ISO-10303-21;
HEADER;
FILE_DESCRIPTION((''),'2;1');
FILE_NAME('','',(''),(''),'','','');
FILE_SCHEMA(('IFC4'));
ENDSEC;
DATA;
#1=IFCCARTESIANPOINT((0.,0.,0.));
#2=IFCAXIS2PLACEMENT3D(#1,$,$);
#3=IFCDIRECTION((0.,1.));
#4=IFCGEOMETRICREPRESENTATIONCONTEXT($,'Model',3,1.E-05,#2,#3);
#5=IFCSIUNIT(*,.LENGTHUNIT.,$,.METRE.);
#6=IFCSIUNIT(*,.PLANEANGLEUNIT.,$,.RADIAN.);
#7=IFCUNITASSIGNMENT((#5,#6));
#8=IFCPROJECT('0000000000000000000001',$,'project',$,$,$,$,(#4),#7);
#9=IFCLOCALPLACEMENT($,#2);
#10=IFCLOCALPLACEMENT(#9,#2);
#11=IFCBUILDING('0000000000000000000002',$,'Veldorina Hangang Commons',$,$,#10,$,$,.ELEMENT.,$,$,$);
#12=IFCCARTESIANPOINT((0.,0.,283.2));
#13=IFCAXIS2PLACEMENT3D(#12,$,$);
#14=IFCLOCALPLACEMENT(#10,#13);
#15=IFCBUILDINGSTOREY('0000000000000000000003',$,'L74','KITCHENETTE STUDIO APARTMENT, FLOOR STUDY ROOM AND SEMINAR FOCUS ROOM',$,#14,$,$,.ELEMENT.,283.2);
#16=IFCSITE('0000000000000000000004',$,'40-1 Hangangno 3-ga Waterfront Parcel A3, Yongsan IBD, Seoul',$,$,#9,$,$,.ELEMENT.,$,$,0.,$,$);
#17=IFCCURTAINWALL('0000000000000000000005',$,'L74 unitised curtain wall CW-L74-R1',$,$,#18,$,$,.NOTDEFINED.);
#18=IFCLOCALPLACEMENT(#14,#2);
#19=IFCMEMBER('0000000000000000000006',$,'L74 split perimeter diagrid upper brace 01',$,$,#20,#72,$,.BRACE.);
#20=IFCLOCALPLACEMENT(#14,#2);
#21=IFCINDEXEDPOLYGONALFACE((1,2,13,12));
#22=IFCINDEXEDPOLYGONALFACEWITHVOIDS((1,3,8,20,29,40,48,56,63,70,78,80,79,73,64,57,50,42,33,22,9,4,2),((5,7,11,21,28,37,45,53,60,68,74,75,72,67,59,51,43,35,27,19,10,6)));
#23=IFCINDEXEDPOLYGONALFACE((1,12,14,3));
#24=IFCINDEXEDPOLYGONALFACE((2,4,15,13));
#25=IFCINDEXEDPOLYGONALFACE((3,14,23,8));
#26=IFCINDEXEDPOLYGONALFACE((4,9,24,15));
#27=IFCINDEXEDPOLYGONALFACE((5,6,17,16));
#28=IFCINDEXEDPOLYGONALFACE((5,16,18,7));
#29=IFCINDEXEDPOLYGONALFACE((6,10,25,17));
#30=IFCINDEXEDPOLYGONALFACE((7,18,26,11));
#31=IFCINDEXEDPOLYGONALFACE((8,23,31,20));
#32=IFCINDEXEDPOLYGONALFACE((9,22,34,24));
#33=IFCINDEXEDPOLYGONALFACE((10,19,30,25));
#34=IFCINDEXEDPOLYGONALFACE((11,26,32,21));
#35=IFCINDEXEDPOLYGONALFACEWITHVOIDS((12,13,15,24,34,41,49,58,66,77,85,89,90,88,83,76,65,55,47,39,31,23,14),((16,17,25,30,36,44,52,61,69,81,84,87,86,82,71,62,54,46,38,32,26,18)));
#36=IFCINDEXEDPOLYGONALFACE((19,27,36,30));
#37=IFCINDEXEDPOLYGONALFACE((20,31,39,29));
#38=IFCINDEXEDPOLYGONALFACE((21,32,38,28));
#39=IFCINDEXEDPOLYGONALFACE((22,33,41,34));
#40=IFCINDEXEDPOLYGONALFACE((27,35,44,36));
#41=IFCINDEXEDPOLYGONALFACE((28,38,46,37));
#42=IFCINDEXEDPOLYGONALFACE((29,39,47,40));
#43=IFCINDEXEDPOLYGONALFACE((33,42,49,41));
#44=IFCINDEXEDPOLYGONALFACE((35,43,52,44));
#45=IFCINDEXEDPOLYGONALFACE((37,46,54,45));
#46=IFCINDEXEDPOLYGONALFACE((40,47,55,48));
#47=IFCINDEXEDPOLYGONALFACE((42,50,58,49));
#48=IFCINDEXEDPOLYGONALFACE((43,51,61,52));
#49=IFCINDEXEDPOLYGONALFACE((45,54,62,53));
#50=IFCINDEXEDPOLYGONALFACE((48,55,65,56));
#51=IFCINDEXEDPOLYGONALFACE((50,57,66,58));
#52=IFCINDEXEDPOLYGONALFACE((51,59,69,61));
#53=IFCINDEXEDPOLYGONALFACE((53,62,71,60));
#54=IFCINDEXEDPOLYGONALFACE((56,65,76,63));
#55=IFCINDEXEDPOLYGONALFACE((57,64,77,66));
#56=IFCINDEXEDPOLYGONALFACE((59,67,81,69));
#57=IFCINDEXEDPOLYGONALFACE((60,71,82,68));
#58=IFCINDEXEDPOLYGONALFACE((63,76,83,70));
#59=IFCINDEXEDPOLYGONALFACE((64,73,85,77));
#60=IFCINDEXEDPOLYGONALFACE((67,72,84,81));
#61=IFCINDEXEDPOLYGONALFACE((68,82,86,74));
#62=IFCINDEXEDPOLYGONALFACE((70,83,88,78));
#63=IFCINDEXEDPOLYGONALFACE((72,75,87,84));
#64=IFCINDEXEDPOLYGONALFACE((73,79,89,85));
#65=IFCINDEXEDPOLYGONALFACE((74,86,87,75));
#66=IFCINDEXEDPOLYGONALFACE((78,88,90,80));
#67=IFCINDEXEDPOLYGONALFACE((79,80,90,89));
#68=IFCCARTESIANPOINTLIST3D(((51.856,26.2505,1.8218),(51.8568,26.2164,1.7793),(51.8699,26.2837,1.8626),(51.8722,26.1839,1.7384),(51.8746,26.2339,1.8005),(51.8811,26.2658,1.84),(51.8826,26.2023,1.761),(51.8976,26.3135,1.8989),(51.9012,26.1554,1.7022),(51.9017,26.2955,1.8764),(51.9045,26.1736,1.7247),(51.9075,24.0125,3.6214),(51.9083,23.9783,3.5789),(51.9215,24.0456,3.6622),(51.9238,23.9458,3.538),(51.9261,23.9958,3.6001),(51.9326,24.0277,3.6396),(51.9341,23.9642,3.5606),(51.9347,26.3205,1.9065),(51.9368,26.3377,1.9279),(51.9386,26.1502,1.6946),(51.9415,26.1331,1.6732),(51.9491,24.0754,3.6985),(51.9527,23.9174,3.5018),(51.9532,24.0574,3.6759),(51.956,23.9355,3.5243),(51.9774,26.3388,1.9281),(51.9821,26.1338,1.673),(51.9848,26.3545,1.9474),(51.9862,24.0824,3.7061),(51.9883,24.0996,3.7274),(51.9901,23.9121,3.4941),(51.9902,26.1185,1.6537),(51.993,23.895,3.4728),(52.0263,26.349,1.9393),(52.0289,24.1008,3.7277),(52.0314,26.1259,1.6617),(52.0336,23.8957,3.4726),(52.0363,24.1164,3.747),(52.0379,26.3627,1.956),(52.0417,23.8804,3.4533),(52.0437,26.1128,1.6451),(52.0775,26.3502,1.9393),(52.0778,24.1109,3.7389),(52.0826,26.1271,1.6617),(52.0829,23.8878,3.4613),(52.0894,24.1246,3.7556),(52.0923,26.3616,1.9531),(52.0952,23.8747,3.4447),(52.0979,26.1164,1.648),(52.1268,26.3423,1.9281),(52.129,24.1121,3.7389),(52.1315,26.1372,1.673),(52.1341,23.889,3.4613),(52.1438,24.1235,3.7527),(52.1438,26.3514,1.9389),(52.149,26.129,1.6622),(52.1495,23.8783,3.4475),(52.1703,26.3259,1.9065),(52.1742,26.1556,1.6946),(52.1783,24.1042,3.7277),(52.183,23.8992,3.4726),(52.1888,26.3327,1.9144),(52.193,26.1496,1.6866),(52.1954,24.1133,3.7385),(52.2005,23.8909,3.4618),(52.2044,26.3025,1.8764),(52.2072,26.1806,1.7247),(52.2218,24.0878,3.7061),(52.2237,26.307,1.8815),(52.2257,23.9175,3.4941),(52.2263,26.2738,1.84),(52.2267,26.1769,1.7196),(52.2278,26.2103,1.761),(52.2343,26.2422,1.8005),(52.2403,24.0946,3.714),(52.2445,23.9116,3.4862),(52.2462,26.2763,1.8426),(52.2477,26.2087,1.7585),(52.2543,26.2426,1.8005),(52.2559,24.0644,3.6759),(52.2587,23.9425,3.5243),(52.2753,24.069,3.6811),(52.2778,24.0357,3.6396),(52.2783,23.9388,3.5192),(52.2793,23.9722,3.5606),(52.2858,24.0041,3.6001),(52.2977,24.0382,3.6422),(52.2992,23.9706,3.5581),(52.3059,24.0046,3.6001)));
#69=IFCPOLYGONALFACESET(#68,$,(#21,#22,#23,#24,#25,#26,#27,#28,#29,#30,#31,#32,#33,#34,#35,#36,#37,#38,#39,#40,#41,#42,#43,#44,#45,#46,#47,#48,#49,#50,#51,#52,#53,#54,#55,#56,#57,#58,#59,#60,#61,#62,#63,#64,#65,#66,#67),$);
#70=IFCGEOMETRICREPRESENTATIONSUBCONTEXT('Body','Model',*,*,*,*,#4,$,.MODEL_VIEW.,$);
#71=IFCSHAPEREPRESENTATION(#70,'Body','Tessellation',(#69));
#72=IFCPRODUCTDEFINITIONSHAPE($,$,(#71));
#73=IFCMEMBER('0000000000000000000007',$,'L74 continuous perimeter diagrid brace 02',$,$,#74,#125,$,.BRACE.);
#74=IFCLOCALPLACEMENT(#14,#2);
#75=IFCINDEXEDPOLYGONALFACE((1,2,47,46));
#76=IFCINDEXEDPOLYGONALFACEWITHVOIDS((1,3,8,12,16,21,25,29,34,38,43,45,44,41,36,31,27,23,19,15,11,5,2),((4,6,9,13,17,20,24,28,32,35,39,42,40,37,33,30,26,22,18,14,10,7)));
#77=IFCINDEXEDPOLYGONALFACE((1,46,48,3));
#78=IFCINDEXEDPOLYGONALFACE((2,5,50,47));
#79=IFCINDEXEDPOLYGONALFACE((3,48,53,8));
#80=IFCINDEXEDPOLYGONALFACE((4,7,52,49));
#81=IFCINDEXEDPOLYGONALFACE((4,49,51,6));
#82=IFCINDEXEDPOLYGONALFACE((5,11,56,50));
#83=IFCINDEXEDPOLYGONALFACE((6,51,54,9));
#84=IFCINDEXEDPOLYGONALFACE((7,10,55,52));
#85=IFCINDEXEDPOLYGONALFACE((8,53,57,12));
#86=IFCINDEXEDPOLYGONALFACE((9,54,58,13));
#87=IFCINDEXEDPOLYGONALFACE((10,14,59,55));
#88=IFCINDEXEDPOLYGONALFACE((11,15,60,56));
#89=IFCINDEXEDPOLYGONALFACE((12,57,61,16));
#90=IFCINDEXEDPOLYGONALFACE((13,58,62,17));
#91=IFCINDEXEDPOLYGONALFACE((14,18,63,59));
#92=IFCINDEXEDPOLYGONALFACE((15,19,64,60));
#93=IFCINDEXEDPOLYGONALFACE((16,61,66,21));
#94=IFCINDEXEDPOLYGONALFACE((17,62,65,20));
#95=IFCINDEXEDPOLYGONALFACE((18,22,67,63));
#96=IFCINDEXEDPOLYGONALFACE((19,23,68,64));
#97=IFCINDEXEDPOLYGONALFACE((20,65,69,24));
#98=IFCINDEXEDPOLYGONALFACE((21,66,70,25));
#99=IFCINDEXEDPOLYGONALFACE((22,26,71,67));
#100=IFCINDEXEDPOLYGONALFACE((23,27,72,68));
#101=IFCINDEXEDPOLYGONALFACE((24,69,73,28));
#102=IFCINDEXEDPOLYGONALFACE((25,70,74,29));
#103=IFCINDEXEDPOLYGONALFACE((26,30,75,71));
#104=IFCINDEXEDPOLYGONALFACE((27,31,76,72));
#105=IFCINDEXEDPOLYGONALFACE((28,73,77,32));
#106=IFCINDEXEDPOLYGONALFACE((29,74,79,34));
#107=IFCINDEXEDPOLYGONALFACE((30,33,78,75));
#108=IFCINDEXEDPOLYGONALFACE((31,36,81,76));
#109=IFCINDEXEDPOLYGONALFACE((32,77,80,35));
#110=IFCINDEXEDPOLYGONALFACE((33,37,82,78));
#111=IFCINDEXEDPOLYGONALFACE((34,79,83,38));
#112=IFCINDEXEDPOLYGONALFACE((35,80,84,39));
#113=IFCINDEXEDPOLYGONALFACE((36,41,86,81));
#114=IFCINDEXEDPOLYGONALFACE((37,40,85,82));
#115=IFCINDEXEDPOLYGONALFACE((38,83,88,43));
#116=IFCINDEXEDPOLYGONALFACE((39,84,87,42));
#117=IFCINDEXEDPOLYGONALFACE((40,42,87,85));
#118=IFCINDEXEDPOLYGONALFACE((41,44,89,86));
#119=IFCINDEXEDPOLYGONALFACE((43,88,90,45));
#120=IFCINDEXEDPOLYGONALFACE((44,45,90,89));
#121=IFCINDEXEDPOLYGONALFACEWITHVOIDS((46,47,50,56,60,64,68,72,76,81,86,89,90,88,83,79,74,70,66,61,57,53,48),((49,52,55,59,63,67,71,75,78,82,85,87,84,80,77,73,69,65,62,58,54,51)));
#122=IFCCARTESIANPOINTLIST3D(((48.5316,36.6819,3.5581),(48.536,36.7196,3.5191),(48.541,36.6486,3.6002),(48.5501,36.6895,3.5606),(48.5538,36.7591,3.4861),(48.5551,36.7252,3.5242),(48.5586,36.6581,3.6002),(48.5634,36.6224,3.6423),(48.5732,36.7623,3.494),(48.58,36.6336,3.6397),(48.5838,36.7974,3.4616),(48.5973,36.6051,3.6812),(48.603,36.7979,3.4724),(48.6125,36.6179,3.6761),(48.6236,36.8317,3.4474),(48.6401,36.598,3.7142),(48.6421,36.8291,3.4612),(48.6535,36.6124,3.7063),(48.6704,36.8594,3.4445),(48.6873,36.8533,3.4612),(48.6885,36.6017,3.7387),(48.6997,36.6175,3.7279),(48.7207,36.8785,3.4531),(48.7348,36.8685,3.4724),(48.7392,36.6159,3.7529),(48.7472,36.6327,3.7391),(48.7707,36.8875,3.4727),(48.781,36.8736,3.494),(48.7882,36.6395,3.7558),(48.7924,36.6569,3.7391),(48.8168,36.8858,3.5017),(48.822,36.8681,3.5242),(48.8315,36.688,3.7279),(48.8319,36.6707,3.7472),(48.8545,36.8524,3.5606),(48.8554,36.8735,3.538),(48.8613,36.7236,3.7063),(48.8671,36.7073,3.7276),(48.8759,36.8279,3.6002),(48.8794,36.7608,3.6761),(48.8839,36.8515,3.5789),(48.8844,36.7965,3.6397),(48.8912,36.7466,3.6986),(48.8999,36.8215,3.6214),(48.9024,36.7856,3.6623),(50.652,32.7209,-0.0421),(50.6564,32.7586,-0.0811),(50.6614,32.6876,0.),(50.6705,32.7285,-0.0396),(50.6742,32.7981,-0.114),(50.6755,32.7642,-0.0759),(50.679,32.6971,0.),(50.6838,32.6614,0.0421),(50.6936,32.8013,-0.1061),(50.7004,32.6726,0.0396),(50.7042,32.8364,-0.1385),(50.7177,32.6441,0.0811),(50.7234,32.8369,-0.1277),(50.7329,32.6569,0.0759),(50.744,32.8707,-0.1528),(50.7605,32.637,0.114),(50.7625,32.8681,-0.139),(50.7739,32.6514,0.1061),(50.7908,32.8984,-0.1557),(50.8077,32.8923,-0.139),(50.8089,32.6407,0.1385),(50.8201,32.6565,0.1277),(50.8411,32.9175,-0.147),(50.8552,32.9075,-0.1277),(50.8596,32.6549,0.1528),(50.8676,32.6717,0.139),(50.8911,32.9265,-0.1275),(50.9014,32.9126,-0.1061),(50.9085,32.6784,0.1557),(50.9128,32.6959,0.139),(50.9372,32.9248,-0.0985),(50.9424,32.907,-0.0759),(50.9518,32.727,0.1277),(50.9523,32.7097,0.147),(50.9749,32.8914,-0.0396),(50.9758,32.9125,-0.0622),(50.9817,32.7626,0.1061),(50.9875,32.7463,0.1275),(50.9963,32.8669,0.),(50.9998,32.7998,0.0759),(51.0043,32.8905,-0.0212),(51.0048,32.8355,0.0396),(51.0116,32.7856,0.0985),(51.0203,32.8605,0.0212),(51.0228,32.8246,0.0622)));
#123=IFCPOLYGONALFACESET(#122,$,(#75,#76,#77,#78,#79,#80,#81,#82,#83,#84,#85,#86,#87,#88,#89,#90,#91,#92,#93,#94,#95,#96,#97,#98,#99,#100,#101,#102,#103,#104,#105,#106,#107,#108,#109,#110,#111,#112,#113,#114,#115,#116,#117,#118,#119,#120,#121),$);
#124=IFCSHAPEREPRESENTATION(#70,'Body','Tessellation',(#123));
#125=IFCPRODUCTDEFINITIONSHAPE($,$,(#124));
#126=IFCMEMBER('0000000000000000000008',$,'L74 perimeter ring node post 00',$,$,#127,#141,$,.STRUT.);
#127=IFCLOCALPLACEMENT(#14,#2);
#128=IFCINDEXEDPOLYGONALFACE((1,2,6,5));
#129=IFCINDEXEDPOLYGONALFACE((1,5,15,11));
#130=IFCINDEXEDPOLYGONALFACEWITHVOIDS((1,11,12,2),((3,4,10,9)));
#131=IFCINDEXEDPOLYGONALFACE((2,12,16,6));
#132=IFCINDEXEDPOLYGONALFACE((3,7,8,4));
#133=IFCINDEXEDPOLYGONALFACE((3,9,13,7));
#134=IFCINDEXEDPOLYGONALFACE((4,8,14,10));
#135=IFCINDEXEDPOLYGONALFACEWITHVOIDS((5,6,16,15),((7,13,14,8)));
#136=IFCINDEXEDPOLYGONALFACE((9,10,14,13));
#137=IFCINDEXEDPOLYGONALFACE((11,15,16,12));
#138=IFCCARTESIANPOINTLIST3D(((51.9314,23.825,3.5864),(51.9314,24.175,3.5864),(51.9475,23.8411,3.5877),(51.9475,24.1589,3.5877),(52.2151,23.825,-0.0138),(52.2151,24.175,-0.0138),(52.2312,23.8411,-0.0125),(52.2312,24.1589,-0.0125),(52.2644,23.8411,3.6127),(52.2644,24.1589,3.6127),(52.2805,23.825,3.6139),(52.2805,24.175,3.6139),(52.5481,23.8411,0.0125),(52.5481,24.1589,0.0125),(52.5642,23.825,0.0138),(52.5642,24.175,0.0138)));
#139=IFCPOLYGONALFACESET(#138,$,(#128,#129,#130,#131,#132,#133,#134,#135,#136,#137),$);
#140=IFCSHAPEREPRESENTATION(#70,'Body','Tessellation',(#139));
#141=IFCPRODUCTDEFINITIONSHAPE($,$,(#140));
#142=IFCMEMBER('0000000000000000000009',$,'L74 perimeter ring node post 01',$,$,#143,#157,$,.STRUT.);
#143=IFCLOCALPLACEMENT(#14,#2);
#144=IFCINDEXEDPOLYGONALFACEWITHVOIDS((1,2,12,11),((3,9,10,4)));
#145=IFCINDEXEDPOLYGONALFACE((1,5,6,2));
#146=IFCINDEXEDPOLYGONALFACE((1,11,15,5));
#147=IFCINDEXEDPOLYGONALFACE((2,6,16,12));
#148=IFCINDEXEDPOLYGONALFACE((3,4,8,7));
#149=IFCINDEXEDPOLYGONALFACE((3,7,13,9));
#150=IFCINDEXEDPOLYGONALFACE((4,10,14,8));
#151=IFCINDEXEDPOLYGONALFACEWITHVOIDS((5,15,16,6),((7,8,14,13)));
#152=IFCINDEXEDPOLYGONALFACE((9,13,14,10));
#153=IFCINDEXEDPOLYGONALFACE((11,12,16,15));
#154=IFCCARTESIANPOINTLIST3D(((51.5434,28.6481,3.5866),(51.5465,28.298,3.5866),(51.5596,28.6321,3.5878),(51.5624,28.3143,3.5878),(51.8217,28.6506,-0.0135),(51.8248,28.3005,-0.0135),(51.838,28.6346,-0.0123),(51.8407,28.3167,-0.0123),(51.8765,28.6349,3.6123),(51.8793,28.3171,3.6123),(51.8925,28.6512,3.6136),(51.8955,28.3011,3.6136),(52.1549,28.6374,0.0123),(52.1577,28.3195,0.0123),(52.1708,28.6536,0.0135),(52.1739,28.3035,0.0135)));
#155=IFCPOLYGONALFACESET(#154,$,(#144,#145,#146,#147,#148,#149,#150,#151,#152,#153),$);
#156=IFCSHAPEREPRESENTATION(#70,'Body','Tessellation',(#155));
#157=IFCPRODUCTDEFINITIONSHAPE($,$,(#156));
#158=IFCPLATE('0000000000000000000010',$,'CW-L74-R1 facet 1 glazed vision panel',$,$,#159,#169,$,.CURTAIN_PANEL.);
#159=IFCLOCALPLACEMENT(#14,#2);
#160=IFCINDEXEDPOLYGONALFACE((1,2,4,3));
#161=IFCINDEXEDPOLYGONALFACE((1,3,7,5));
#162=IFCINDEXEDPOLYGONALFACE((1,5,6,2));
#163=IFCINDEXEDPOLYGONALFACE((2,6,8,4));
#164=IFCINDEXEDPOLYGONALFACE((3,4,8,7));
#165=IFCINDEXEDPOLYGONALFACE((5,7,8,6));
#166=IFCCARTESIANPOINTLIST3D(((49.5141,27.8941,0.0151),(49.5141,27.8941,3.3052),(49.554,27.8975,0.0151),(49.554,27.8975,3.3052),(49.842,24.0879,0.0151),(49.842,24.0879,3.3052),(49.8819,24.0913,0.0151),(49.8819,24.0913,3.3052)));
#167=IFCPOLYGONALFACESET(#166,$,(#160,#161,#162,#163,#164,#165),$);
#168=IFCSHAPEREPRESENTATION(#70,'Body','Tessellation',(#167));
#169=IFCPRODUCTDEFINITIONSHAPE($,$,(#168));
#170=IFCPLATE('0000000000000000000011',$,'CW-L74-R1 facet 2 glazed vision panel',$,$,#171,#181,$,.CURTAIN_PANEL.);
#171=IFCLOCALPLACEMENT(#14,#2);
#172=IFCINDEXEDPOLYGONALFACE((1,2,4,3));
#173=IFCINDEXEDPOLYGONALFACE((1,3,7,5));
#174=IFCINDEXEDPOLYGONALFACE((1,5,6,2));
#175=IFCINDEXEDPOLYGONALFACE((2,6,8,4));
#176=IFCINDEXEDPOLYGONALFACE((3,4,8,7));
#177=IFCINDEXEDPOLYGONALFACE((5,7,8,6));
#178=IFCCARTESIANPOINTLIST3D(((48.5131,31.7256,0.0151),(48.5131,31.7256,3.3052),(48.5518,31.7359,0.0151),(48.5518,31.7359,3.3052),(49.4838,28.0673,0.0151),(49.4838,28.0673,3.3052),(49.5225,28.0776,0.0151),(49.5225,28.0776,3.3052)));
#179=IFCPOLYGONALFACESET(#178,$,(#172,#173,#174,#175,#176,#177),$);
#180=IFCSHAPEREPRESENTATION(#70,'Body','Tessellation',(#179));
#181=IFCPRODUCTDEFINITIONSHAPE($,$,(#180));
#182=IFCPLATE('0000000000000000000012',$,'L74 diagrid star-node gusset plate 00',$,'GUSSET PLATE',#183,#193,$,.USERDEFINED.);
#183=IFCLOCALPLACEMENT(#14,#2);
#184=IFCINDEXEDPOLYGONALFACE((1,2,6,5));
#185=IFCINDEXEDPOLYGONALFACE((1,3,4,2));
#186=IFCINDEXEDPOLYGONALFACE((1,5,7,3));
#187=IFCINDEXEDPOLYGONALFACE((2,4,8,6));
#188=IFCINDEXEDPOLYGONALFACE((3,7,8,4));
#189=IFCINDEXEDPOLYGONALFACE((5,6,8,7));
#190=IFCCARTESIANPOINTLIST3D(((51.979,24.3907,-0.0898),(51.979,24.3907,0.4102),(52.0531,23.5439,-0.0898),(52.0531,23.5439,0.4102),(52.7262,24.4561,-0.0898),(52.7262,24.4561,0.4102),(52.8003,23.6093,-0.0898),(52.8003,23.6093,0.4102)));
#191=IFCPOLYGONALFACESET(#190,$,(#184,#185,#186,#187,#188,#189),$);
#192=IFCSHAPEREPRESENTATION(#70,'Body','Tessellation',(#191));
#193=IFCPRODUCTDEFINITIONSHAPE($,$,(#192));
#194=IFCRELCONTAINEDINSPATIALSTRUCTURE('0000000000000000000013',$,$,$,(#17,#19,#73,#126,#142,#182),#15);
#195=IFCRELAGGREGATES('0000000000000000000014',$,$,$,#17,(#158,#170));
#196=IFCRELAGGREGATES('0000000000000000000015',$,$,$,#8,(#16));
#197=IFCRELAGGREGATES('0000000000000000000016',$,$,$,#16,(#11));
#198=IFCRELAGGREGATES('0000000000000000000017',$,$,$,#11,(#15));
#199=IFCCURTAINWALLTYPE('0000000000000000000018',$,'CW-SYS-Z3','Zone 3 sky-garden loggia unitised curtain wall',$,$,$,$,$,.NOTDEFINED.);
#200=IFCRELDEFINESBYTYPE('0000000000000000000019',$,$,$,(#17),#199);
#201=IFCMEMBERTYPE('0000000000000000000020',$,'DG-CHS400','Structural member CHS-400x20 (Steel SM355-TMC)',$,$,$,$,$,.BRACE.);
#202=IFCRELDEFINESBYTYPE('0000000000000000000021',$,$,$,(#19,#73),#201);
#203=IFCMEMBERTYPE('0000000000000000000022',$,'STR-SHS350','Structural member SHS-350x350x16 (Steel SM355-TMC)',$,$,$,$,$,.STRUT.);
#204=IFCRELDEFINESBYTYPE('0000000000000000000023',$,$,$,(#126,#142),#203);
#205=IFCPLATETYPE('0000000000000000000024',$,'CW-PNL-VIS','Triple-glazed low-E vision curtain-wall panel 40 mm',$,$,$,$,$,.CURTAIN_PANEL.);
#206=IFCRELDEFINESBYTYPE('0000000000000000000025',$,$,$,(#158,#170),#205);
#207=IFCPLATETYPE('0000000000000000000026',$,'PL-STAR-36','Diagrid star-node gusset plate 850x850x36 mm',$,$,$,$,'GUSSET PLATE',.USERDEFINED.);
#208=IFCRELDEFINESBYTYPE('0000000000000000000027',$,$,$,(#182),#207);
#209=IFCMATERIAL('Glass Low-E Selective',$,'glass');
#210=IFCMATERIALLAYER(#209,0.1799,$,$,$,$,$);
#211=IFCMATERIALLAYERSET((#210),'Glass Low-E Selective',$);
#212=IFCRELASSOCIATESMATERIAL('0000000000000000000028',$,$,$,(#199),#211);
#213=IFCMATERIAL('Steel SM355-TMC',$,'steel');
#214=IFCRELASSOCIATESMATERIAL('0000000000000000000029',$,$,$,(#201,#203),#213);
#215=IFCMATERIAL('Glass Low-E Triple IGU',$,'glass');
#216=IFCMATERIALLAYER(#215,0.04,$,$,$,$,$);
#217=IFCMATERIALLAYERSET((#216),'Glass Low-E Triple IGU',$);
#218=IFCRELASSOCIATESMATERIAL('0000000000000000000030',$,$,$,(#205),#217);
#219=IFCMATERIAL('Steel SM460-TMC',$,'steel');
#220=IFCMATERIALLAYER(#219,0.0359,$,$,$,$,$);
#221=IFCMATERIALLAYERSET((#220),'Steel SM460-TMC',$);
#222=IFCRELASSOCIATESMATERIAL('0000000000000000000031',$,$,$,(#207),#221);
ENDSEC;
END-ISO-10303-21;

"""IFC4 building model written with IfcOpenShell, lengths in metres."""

from ifc_helpers import new_model, si_unit, direction, frame, origin, origin_2d, place, context, subcontext, project, spatial, rectangle, hollow_rectangle, hollow_circle, extrude, material, layer, layer_set, material_profile, profile_set, type_object, element, aggregate, save


model = new_model("IFC4")

# Units and contexts
model_context = context("Model", 3, precision=1e-05, world=origin(), true_north=direction((0.0, 1.0)))
body_context = subcontext(model_context, "Body", "Model", "MODEL_VIEW")
ifc_project = project(units=[si_unit("LENGTHUNIT", "METRE"), si_unit("PLANEANGLEUNIT", "RADIAN")], contexts=[model_context])

# Site, building, storey
site_placement = place(None, origin())
site = spatial("IfcSite", under=ifc_project, at=site_placement, Name="40-1 Hangangno 3-ga Waterfront Parcel A3, Yongsan IBD, Seoul", CompositionType="ELEMENT", RefElevation=0.0)
building_placement = place(site_placement, origin())
building = spatial("IfcBuilding", under=site, at=building_placement, Name="Veldorina Hangang Commons", CompositionType="ELEMENT")
storey_placement = place(building_placement, frame((0.0, 0.0, 283.2)))
storey = spatial("IfcBuildingStorey", under=building, at=storey_placement, Name="L74", Description="KITCHENETTE STUDIO APARTMENT, FLOOR STUDY ROOM AND SEMINAR FOCUS ROOM", CompositionType="ELEMENT", Elevation=283.2)

# Shared definitions
ifc_material_1 = material(Name="Steel SM355-TMC", Category="steel")

# Curtain wall
ifc_material_2 = material(Name="Glass Low-E Selective", Category="glass")
ifc_layer_1 = layer(ifc_material_2, 0.1799)
ifc_layer_set_1 = layer_set([ifc_layer_1], Name="Glass Low-E Selective")
curtain_wall_type = type_object("IfcCurtainWallType", Name="CW-SYS-Z3", Description="Zone 3 sky-garden loggia unitised curtain wall", PredefinedType="NOTDEFINED", material=ifc_layer_set_1)
curtain_wall_placement = place(storey_placement, origin())
curtain_wall = element("IfcCurtainWall", 1, at=curtain_wall_placement, inside=storey, type_object=curtain_wall_type, Name="L74 unitised curtain wall CW-L74-R1", PredefinedType="NOTDEFINED")

# Members
ifc_material_profile_1 = material_profile(ifc_material_1, hollow_circle(Radius=0.2, WallThickness=0.02, at=origin_2d()), Name="CHS-400x20")
ifc_profile_set_1 = profile_set([ifc_material_profile_1], Name="Steel SM355-TMC")
member_type_1 = type_object("IfcMemberType", Name="DG-CHS400", Description="Structural member CHS-400x20 (Steel SM355-TMC)", PredefinedType="BRACE", material=ifc_profile_set_1)
member_1_placement = place(storey_placement, frame((52.0544, 26.238, 1.8005), z_axis=(0.017935, -0.77919, 0.626531), x_axis=(0.999735, 0.023011, 0.0)))
element("IfcMember", 2, at=member_1_placement, inside=storey, type_object=member_type_1, Name="L74 split perimeter diagrid upper brace 01", PredefinedType="BRACE", context=body_context, shape_type="SweptSolid", body=[
    extrude(hollow_circle(Radius=0.2, WallThickness=0.02, at=origin_2d()), origin(), (0.0, 0.0, 1.0), 2.8723),
])
member_2_placement = place(storey_placement, frame((50.8376, 32.782, 0.0), z_axis=(-0.368296, 0.687994, 0.625318), x_axis=(-0.881625, -0.47195, 0.0)))
element("IfcMember", 3, at=member_2_placement, inside=storey, type_object=member_type_1, Name="L74 continuous perimeter diagrid brace 02", PredefinedType="BRACE", context=body_context, shape_type="SweptSolid", body=[
    extrude(hollow_circle(Radius=0.2, WallThickness=0.02, at=origin_2d()), origin(), (0.0, 0.0, 1.0), 5.7573),
])
ifc_material_profile_2 = material_profile(ifc_material_1, hollow_rectangle(XDim=0.3501, YDim=0.3501, WallThickness=0.0161, at=origin_2d()), Name="SHS-350x350x16")
ifc_profile_set_2 = profile_set([ifc_material_profile_2], Name="Steel SM355-TMC")
member_type_2 = type_object("IfcMemberType", Name="STR-SHS350", Description="Structural member SHS-350x350x16 (Steel SM355-TMC)", PredefinedType="STRUT", material=ifc_profile_set_2)
member_3_placement = place(storey_placement, frame((52.3896, 24.0, 0.0), z_axis=(-0.078558, 0.0, 0.99691), x_axis=(0.0, -1.0, 0.0)))
element("IfcMember", 4, at=member_3_placement, inside=storey, type_object=member_type_2, Name="L74 perimeter ring node post 00", PredefinedType="STRUT", context=body_context, shape_type="SweptSolid", body=[
    extrude(hollow_rectangle(XDim=0.3501, YDim=0.3501, WallThickness=0.0161, at=origin_2d()), origin(), (0.0, 0.0, 1.0), 3.6113),
])
member_4_placement = place(storey_placement, frame((51.9978, 28.4771, 0.0), z_axis=(-0.077079, -0.000676, 0.997025), x_axis=(0.008772, -0.999962, 0.0)))
element("IfcMember", 5, at=member_4_placement, inside=storey, type_object=member_type_2, Name="L74 perimeter ring node post 01", PredefinedType="STRUT", context=body_context, shape_type="SweptSolid", body=[
    extrude(hollow_rectangle(XDim=0.3501, YDim=0.3501, WallThickness=0.0161, at=origin_2d()), origin(), (0.0, 0.0, 1.0), 3.6108),
])

# Plates
ifc_material_3 = material(Name="Glass Low-E Triple IGU", Category="glass")
ifc_layer_2 = layer(ifc_material_3, 0.04)
ifc_layer_set_2 = layer_set([ifc_layer_2], Name="Glass Low-E Triple IGU")
plate_type_1 = type_object("IfcPlateType", Name="CW-PNL-VIS", Description="Triple-glazed low-E vision curtain-wall panel 40 mm", PredefinedType="CURTAIN_PANEL", material=ifc_layer_set_2)
plate_1_placement = place(storey_placement, frame((49.698, 25.9927, 0.0151), z_axis=(0.0, 0.0, 1.0), x_axis=(-0.085852, 0.996308, 0.0)))
plate_1 = element("IfcPlate", 6, at=plate_1_placement, type_object=plate_type_1, Name="CW-L74-R1 facet 1 glazed vision panel", PredefinedType="CURTAIN_PANEL", context=body_context, shape_type="SweptSolid", body=[
    extrude(rectangle(XDim=3.8203, YDim=0.04, at=origin_2d()), origin(), (0.0, 0.0, 1.0), 3.29),
])
plate_2_placement = place(storey_placement, frame((49.0178, 29.9016, 0.0151), z_axis=(0.0, 0.0, 1.0), x_axis=(-0.256458, 0.966555, 0.0)))
plate_2 = element("IfcPlate", 7, at=plate_2_placement, type_object=plate_type_1, Name="CW-L74-R1 facet 2 glazed vision panel", PredefinedType="CURTAIN_PANEL", context=body_context, shape_type="SweptSolid", body=[
    extrude(rectangle(XDim=3.7849, YDim=0.04, at=origin_2d()), origin(), (0.0, 0.0, 1.0), 3.29),
])
aggregate(curtain_wall, [plate_1, plate_2])

# Plate
ifc_material_4 = material(Name="Steel SM460-TMC", Category="steel")
ifc_layer_3 = layer(ifc_material_4, 0.0359)
ifc_layer_set_3 = layer_set([ifc_layer_3], Name="Steel SM460-TMC")
plate_type_2 = type_object("IfcPlateType", Name="PL-STAR-36", Description="Diagrid star-node gusset plate 850x850x36 mm", ElementType="GUSSET PLATE", PredefinedType="USERDEFINED", material=ifc_layer_set_3)
plate_3_placement = place(storey_placement, frame((52.3896, 24.0, -0.0898), z_axis=(0.0, 0.0, 1.0), x_axis=(-0.087173, 0.996193, 0.0)))
element("IfcPlate", 8, at=plate_3_placement, inside=storey, type_object=plate_type_2, Name="L74 diagrid star-node gusset plate 00", ObjectType="GUSSET PLATE", PredefinedType="USERDEFINED", context=body_context, shape_type="SweptSolid", body=[
    extrude(rectangle(XDim=0.8501, YDim=0.75, at=origin_2d()), origin(), (0.0, 0.0, 1.0), 0.5),
])

save(model, "model.ifc")
